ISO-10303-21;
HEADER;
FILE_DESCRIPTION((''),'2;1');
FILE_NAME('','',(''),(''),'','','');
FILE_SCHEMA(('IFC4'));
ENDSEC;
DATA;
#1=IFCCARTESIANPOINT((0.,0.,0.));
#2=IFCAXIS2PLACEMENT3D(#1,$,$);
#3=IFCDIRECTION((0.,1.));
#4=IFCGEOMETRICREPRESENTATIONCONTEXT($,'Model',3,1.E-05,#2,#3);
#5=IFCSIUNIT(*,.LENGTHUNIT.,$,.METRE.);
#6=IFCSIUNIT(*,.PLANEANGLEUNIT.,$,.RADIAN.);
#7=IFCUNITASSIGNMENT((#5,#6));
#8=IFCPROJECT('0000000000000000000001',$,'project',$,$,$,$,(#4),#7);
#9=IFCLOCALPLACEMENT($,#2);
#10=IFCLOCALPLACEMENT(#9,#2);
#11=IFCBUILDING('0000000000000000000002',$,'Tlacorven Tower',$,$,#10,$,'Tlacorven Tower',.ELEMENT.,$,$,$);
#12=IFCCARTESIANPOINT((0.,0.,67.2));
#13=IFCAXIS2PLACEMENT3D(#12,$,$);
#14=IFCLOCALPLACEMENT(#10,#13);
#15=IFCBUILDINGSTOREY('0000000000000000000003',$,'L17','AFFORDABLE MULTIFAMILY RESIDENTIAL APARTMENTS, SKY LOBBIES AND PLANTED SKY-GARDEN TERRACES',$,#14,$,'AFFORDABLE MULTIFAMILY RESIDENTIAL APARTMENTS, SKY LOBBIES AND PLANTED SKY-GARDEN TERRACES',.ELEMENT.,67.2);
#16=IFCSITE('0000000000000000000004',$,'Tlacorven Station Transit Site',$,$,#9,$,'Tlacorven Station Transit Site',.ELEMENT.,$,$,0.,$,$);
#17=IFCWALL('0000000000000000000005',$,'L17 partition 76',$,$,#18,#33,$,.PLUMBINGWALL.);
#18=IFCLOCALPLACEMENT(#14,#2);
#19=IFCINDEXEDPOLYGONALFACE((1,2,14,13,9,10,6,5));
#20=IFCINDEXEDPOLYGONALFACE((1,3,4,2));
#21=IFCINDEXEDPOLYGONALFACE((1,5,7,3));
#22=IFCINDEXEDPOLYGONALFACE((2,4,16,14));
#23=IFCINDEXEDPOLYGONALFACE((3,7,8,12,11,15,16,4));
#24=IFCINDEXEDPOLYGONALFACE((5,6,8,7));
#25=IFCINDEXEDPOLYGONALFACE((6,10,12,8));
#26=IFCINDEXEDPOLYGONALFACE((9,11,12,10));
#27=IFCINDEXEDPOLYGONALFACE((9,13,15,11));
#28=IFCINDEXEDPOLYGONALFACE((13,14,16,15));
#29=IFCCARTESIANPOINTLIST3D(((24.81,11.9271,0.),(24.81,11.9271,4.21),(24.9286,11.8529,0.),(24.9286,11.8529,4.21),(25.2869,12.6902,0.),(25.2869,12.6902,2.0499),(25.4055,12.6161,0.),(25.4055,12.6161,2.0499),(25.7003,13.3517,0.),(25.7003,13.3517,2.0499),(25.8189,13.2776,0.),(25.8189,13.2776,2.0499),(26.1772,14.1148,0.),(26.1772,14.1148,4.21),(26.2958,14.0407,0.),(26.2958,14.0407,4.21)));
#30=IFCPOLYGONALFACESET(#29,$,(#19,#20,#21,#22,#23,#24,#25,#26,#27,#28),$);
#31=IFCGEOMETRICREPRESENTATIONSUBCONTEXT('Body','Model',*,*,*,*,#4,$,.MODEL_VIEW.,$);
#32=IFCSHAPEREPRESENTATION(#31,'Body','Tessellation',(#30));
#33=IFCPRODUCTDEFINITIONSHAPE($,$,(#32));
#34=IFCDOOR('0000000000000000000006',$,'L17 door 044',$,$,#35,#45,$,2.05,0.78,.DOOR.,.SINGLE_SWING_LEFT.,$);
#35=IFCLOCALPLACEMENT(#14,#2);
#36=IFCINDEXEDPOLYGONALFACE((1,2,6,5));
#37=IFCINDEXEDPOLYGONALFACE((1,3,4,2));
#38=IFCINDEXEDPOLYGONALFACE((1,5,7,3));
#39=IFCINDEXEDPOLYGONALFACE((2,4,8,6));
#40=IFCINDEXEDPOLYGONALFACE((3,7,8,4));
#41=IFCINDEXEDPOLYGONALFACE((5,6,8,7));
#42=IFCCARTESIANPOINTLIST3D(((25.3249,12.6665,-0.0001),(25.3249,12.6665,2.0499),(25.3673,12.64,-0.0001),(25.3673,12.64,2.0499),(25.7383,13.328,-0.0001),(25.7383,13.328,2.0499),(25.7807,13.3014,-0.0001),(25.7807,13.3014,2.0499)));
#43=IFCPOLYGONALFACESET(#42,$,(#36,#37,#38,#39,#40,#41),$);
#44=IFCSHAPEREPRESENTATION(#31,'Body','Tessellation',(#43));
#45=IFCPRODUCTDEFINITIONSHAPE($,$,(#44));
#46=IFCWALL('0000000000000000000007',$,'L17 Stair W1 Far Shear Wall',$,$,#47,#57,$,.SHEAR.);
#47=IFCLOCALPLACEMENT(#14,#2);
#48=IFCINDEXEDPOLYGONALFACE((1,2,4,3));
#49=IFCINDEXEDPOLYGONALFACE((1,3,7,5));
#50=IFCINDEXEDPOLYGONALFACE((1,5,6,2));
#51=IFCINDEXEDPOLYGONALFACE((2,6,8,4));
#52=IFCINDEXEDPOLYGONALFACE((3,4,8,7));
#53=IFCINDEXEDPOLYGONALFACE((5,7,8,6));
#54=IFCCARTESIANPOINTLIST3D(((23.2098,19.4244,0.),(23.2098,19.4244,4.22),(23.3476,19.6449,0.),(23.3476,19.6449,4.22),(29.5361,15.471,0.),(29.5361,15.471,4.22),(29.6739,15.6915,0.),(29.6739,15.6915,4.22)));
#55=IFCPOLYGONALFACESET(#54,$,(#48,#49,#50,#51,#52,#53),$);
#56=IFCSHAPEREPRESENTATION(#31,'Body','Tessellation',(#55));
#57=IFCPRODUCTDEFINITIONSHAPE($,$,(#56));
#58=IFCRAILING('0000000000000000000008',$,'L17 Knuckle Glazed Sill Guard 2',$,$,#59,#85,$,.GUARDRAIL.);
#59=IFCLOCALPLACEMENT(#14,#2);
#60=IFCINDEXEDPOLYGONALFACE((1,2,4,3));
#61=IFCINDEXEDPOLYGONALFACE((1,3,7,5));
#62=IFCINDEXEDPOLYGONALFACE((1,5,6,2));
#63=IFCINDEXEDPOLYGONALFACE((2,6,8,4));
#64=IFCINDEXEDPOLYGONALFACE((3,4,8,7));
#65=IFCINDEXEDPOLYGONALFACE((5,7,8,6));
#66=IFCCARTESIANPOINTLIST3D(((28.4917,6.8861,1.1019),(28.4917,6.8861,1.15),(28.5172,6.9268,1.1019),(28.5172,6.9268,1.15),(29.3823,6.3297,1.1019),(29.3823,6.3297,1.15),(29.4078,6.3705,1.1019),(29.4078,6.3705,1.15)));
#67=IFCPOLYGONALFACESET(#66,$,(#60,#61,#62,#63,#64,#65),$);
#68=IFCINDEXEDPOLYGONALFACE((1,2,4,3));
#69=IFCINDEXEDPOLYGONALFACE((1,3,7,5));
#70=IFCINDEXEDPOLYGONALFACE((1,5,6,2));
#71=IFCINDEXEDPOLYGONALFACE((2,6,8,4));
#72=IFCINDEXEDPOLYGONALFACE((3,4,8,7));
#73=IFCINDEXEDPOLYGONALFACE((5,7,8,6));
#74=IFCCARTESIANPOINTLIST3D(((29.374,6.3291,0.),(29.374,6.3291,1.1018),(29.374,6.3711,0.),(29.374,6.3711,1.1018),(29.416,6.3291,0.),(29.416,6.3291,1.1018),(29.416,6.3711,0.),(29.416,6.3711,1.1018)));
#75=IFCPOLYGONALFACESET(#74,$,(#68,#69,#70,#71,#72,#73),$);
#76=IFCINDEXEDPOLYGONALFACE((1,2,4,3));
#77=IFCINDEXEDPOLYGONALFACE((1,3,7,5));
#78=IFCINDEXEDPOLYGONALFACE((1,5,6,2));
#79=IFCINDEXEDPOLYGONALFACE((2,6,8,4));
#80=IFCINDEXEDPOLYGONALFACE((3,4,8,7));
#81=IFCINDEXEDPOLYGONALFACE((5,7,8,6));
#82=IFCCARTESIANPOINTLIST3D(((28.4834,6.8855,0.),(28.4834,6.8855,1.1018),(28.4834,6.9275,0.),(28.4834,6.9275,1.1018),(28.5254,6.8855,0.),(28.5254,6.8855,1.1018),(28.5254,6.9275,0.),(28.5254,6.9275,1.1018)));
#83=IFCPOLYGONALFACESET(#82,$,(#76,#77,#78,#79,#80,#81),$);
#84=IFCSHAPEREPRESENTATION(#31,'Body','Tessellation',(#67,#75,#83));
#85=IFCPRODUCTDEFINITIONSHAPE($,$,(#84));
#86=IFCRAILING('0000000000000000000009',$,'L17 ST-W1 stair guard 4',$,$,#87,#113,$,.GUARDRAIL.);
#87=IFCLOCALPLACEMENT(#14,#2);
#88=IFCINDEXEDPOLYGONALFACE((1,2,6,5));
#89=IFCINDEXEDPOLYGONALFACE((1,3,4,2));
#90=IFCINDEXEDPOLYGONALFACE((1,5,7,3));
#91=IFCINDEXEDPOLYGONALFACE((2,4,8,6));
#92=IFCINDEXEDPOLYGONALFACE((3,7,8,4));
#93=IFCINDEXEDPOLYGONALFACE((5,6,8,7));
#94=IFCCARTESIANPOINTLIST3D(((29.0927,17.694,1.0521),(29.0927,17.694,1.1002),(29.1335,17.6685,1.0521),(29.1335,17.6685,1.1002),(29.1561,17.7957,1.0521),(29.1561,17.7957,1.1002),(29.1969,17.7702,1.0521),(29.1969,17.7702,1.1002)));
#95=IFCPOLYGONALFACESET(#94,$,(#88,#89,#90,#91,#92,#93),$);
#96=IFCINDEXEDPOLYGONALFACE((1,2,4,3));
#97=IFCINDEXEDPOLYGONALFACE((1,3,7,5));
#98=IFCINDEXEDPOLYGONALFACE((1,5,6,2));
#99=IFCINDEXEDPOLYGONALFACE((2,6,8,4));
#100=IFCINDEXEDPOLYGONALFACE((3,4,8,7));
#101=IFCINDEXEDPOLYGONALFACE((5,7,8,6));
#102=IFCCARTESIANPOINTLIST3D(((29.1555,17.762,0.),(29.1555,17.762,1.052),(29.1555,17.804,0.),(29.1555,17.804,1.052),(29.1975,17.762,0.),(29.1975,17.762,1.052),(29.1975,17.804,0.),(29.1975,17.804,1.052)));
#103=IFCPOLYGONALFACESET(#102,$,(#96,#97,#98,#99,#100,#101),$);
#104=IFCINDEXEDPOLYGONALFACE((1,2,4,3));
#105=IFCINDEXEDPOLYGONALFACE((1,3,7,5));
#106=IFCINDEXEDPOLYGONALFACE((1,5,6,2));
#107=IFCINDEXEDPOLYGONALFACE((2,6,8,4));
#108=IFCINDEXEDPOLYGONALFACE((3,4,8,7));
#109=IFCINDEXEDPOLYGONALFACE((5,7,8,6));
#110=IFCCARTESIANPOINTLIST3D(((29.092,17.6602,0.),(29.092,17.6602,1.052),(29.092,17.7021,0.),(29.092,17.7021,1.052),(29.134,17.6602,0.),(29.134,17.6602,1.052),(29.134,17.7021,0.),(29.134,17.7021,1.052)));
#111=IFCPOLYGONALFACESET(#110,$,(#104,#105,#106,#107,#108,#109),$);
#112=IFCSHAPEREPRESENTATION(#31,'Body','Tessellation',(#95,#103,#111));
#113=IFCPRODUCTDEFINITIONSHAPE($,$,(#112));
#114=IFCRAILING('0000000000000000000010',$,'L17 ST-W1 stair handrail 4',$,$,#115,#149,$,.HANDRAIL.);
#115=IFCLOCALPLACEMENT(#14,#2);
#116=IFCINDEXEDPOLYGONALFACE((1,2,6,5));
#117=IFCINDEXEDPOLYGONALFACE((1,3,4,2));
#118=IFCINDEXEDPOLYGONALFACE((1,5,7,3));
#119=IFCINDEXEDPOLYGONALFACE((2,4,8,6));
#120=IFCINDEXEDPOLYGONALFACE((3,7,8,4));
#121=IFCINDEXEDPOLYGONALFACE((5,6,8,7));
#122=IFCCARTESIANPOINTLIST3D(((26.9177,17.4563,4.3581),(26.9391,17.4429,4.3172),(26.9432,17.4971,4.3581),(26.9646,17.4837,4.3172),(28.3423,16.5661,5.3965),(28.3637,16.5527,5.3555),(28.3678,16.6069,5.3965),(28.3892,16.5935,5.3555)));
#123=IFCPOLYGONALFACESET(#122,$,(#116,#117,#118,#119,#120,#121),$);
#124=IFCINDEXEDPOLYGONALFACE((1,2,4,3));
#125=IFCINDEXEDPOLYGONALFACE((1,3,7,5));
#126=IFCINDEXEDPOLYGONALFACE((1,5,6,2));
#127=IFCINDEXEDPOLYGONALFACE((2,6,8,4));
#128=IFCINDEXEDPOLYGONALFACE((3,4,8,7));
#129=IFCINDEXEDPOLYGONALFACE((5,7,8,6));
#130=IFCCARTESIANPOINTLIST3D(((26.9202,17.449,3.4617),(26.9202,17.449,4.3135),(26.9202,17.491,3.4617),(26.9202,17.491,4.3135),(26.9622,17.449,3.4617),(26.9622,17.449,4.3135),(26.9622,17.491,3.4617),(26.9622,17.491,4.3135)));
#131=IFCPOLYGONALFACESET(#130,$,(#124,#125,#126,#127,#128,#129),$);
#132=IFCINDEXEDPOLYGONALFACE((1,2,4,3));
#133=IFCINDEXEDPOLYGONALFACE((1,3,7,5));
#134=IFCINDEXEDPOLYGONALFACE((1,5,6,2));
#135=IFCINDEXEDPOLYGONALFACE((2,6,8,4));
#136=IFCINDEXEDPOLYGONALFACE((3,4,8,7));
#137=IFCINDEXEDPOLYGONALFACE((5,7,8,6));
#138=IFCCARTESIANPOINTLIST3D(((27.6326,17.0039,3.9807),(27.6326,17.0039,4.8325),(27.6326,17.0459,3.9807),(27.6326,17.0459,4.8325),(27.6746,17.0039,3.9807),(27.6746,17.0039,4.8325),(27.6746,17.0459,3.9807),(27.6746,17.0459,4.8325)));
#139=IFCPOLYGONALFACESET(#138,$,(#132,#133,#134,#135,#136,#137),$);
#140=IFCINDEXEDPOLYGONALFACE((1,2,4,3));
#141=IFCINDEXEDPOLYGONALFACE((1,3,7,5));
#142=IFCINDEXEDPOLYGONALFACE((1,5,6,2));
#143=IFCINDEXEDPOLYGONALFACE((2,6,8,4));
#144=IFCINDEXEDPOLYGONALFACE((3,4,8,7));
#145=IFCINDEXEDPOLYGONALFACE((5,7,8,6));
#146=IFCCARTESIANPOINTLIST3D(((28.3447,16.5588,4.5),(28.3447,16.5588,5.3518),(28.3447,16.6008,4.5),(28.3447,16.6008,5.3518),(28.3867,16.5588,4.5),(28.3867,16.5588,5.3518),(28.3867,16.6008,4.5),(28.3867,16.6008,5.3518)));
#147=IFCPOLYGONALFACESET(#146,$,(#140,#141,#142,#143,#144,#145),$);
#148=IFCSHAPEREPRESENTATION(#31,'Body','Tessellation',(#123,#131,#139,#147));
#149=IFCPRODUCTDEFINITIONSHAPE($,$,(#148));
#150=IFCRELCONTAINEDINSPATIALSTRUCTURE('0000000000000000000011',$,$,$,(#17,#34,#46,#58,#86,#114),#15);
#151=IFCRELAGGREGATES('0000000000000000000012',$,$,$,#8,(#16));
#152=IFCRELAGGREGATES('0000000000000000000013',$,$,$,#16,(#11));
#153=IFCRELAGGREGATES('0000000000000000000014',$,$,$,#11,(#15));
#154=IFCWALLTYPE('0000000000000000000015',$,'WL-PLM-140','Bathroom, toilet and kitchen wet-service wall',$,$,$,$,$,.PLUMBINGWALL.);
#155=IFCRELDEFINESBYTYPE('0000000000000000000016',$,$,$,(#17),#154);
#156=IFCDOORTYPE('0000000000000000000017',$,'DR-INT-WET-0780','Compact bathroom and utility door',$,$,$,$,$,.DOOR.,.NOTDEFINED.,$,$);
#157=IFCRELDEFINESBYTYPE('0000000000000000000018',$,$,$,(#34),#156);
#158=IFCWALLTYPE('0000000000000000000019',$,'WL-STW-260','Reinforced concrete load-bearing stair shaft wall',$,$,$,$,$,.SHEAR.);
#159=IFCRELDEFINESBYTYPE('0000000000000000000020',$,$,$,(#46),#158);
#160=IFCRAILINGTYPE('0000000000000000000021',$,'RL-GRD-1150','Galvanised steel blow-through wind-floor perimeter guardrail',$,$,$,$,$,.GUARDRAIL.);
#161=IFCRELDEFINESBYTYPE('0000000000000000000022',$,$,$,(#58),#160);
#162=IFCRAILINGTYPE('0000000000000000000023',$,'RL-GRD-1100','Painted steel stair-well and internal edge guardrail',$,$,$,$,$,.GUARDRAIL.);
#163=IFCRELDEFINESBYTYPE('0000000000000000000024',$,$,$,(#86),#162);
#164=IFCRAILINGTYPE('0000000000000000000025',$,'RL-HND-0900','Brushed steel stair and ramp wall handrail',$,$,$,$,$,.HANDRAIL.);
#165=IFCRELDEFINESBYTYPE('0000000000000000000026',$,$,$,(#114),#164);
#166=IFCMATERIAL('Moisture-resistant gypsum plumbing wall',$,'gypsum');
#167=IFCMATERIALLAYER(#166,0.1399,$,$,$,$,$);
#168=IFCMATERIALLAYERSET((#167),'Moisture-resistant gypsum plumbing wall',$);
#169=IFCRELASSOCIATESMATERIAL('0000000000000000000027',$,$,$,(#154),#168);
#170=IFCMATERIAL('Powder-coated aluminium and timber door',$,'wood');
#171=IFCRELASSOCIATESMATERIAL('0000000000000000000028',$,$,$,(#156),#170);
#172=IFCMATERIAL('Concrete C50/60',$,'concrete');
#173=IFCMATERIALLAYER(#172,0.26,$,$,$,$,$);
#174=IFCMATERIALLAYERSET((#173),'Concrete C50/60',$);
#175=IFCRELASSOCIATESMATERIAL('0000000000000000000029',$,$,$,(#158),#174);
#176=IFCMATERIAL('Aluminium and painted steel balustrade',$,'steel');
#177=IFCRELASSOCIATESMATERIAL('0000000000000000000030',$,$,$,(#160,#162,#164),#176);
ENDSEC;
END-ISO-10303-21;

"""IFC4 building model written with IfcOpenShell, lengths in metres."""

from ifc_helpers import new_model, si_unit, direction, frame, frame_2d, origin, origin_2d, place, context, subcontext, project, spatial, rectangle, extrude, source, transform, mapped, material, layer, layer_set, type_object, element, fill, save


model = new_model("IFC4")

# Units and contexts
model_context = context("Model", 3, precision=1e-05, world=origin(), true_north=direction((0.0, 1.0)))
body_context = subcontext(model_context, "Body", "Model", "MODEL_VIEW")
ifc_project = project(units=[si_unit("LENGTHUNIT", "METRE"), si_unit("PLANEANGLEUNIT", "RADIAN")], contexts=[model_context])

# Site, building, storey
site_placement = place(None, origin())
site = spatial("IfcSite", under=ifc_project, at=site_placement, Name="Tlacorven Station Transit Site", LongName="Tlacorven Station Transit Site", CompositionType="ELEMENT", RefElevation=0.0)
building_placement = place(site_placement, origin())
building = spatial("IfcBuilding", under=site, at=building_placement, Name="Tlacorven Tower", LongName="Tlacorven Tower", CompositionType="ELEMENT")
storey_placement = place(building_placement, frame((0.0, 0.0, 67.2)))
storey = spatial("IfcBuildingStorey", under=building, at=storey_placement, Name="L17", Description="AFFORDABLE MULTIFAMILY RESIDENTIAL APARTMENTS, SKY LOBBIES AND PLANTED SKY-GARDEN TERRACES", LongName="AFFORDABLE MULTIFAMILY RESIDENTIAL APARTMENTS, SKY LOBBIES AND PLANTED SKY-GARDEN TERRACES", CompositionType="ELEMENT", Elevation=67.2)

# Shared definitions
ifc_material_1 = material(Name="Powder-coated aluminium and timber door", Category="wood")

# Wall, opening, door
ifc_material_2 = material(Name="Moisture-resistant gypsum plumbing wall", Category="gypsum")
ifc_layer_1 = layer(ifc_material_2, 0.1399)
ifc_layer_set_1 = layer_set([ifc_layer_1], Name="Moisture-resistant gypsum plumbing wall")
wall_type_1 = type_object("IfcWallType", Name="WL-PLM-140", Description="Bathroom, toilet and kitchen wet-service wall", PredefinedType="PLUMBINGWALL", material=ifc_layer_set_1)
wall_1_placement = place(storey_placement, frame((26.2366, 14.0779, 0.0), z_axis=(0.0, 0.0, 1.0), x_axis=(-0.529956, -0.848025, 0.0)))
wall_1 = element("IfcWall", 1, at=wall_1_placement, inside=storey, type_object=wall_type_1, Name="L17 partition 76", PredefinedType="PLUMBINGWALL", context=body_context, shape_type="SweptSolid", body=[
    extrude(rectangle(XDim=2.5798, YDim=0.1399, at=frame_2d((1.29, 0.0))), origin(), (0.0, 0.0, 1.0), 4.21),
])
opening_1_placement = place(wall_1_placement, frame((0.8999, 0.0, 0.0)))
opening_1 = element("IfcOpeningElement", 2, at=opening_1_placement, cuts=wall_1, PredefinedType="OPENING", context=body_context, shape_type="SweptSolid", body=[
    extrude(rectangle(XDim=0.78, YDim=2.05, at=frame_2d((0.3901, 1.0249))), frame((0.0, 0.0801, 0.0), z_axis=(0.0, -1.0, 0.0), x_axis=(1.0, 0.0, 0.0)), (0.0, 0.0, 1.0), 0.1599),
])
door_type_1 = type_object("IfcDoorType", Name="DR-INT-WET-0780", Description="Compact bathroom and utility door", OperationType="NOTDEFINED", PredefinedType="DOOR", material=ifc_material_1)
shared_shape_1 = source(origin(), body_context, "Body", "SweptSolid", [
    extrude(rectangle(XDim=0.78, YDim=2.05, at=frame_2d((0.3901, 1.0249))), frame((0.0, 0.0249, 0.0), z_axis=(0.0, -1.0, 0.0), x_axis=(1.0, 0.0, 0.0)), (0.0, 0.0, 1.0), 0.05),
])
door_1_placement = place(opening_1_placement, origin())
door_1 = element("IfcDoor", 3, at=door_1_placement, inside=storey, type_object=door_type_1, Name="L17 door 044", OperationType="SINGLE_SWING_LEFT", OverallHeight=2.05, OverallWidth=0.78, PredefinedType="DOOR", context=body_context, shape_type="MappedRepresentation", body=[
    mapped(shared_shape_1, transform((0.0, 0.0, 0.0), scale=1.0)),
])
fill(opening_1, door_1)

# Wall
ifc_material_3 = material(Name="Concrete C50/60", Category="concrete")
ifc_layer_2 = layer(ifc_material_3, 0.26)
ifc_layer_set_2 = layer_set([ifc_layer_2], Name="Concrete C50/60")
wall_type_2 = type_object("IfcWallType", Name="WL-STW-260", Description="Reinforced concrete load-bearing stair shaft wall", PredefinedType="SHEAR", material=ifc_layer_set_2)
wall_2_placement = place(storey_placement, frame((29.605, 15.5813, 0.0), z_axis=(0.0, 0.0, 1.0), x_axis=(-0.848037, 0.529937, 0.0)))
element("IfcWall", 4, at=wall_2_placement, inside=storey, type_object=wall_type_2, Name="L17 Stair W1 Far Shear Wall", PredefinedType="SHEAR", context=body_context, shape_type="SweptSolid", body=[
    extrude(rectangle(XDim=7.46, YDim=0.26, at=frame_2d((3.73, 0.0))), origin(), (0.0, 0.0, 1.0), 4.22),
])

# Railings
ifc_material_4 = material(Name="Aluminium and painted steel balustrade", Category="steel")
railing_type_1 = type_object("IfcRailingType", Name="RL-GRD-1150", Description="Galvanised steel blow-through wind-floor perimeter guardrail", PredefinedType="GUARDRAIL", material=ifc_material_4)
shared_shape_2 = source(origin(), body_context, "Body", "SweptSolid", [
    extrude(rectangle(XDim=0.0481, YDim=0.0481, at=origin_2d()), frame((0.0, 0.0, 1.126), z_axis=(-0.848103, 0.529832, 0.0), x_axis=(-0.529832, -0.848103, 0.0)), (0.0, 0.0, 1.0), 1.05),
    extrude(rectangle(XDim=0.042, YDim=0.042, at=origin_2d()), origin(), (0.0, 0.0, 1.0), 1.1018),
    extrude(rectangle(XDim=0.042, YDim=0.042, at=origin_2d()), frame((-0.8906, 0.5564, 0.0)), (0.0, 0.0, 1.0), 1.1018),
])
railing_1_placement = place(storey_placement, frame((29.395, 6.3501, 0.0)))
element("IfcRailing", 5, at=railing_1_placement, inside=storey, type_object=railing_type_1, Name="L17 Knuckle Glazed Sill Guard 2", PredefinedType="GUARDRAIL", context=body_context, shape_type="MappedRepresentation", body=[
    mapped(shared_shape_2, transform((0.0, 0.0, 0.0), scale=1.0)),
])
railing_type_2 = type_object("IfcRailingType", Name="RL-GRD-1100", Description="Painted steel stair-well and internal edge guardrail", PredefinedType="GUARDRAIL", material=ifc_material_4)
shared_shape_3 = source(origin(), body_context, "Body", "SweptSolid", [
    extrude(rectangle(XDim=0.0481, YDim=0.0481, at=origin_2d()), frame((0.0, 0.0, 1.0762), z_axis=(-0.529084, -0.848569, 0.0), x_axis=(0.848569, -0.529084, 0.0)), (0.0, 0.0, 1.0), 0.1199),
    extrude(rectangle(XDim=0.042, YDim=0.042, at=origin_2d()), origin(), (0.0, 0.0, 1.0), 1.052),
    extrude(rectangle(XDim=0.042, YDim=0.042, at=origin_2d()), frame((-0.0635, -0.1018, 0.0)), (0.0, 0.0, 1.0), 1.052),
])
railing_2_placement = place(storey_placement, frame((29.1765, 17.783, 0.0)))
element("IfcRailing", 6, at=railing_2_placement, inside=storey, type_object=railing_type_2, Name="L17 ST-W1 stair guard 4", PredefinedType="GUARDRAIL", context=body_context, shape_type="MappedRepresentation", body=[
    mapped(shared_shape_3, transform((0.0, 0.0, 0.0), scale=1.0)),
])
railing_type_3 = type_object("IfcRailingType", Name="RL-HND-0900", Description="Brushed steel stair and ramp wall handrail", PredefinedType="HANDRAIL", material=ifc_material_4)
shared_shape_4 = source(origin(), body_context, "Body", "SweptSolid", [
    extrude(rectangle(XDim=0.0481, YDim=0.0481, at=origin_2d()), frame((0.0, 0.0, 0.876), z_axis=(0.721369, -0.450747, 0.525789), x_axis=(0.529907, 0.848055, 0.0)), (0.0, 0.0, 1.0), 1.9749),
    extrude(rectangle(XDim=0.042, YDim=0.042, at=origin_2d()), origin(), (0.0, 0.0, 1.0), 0.8518),
    extrude(rectangle(XDim=0.042, YDim=0.042, at=origin_2d()), frame((0.7124, -0.4451, 0.519)), (0.0, 0.0, 1.0), 0.8518),
    extrude(rectangle(XDim=0.042, YDim=0.042, at=origin_2d()), frame((1.4246, -0.8901, 1.0383)), (0.0, 0.0, 1.0), 0.8518),
])
railing_3_placement = place(storey_placement, frame((26.9412, 17.47, 3.4617)))
element("IfcRailing", 7, at=railing_3_placement, inside=storey, type_object=railing_type_3, Name="L17 ST-W1 stair handrail 4", PredefinedType="HANDRAIL", context=body_context, shape_type="MappedRepresentation", body=[
    mapped(shared_shape_4, transform((0.0, 0.0, 0.0), scale=1.0)),
])

save(model, "model.ifc")
